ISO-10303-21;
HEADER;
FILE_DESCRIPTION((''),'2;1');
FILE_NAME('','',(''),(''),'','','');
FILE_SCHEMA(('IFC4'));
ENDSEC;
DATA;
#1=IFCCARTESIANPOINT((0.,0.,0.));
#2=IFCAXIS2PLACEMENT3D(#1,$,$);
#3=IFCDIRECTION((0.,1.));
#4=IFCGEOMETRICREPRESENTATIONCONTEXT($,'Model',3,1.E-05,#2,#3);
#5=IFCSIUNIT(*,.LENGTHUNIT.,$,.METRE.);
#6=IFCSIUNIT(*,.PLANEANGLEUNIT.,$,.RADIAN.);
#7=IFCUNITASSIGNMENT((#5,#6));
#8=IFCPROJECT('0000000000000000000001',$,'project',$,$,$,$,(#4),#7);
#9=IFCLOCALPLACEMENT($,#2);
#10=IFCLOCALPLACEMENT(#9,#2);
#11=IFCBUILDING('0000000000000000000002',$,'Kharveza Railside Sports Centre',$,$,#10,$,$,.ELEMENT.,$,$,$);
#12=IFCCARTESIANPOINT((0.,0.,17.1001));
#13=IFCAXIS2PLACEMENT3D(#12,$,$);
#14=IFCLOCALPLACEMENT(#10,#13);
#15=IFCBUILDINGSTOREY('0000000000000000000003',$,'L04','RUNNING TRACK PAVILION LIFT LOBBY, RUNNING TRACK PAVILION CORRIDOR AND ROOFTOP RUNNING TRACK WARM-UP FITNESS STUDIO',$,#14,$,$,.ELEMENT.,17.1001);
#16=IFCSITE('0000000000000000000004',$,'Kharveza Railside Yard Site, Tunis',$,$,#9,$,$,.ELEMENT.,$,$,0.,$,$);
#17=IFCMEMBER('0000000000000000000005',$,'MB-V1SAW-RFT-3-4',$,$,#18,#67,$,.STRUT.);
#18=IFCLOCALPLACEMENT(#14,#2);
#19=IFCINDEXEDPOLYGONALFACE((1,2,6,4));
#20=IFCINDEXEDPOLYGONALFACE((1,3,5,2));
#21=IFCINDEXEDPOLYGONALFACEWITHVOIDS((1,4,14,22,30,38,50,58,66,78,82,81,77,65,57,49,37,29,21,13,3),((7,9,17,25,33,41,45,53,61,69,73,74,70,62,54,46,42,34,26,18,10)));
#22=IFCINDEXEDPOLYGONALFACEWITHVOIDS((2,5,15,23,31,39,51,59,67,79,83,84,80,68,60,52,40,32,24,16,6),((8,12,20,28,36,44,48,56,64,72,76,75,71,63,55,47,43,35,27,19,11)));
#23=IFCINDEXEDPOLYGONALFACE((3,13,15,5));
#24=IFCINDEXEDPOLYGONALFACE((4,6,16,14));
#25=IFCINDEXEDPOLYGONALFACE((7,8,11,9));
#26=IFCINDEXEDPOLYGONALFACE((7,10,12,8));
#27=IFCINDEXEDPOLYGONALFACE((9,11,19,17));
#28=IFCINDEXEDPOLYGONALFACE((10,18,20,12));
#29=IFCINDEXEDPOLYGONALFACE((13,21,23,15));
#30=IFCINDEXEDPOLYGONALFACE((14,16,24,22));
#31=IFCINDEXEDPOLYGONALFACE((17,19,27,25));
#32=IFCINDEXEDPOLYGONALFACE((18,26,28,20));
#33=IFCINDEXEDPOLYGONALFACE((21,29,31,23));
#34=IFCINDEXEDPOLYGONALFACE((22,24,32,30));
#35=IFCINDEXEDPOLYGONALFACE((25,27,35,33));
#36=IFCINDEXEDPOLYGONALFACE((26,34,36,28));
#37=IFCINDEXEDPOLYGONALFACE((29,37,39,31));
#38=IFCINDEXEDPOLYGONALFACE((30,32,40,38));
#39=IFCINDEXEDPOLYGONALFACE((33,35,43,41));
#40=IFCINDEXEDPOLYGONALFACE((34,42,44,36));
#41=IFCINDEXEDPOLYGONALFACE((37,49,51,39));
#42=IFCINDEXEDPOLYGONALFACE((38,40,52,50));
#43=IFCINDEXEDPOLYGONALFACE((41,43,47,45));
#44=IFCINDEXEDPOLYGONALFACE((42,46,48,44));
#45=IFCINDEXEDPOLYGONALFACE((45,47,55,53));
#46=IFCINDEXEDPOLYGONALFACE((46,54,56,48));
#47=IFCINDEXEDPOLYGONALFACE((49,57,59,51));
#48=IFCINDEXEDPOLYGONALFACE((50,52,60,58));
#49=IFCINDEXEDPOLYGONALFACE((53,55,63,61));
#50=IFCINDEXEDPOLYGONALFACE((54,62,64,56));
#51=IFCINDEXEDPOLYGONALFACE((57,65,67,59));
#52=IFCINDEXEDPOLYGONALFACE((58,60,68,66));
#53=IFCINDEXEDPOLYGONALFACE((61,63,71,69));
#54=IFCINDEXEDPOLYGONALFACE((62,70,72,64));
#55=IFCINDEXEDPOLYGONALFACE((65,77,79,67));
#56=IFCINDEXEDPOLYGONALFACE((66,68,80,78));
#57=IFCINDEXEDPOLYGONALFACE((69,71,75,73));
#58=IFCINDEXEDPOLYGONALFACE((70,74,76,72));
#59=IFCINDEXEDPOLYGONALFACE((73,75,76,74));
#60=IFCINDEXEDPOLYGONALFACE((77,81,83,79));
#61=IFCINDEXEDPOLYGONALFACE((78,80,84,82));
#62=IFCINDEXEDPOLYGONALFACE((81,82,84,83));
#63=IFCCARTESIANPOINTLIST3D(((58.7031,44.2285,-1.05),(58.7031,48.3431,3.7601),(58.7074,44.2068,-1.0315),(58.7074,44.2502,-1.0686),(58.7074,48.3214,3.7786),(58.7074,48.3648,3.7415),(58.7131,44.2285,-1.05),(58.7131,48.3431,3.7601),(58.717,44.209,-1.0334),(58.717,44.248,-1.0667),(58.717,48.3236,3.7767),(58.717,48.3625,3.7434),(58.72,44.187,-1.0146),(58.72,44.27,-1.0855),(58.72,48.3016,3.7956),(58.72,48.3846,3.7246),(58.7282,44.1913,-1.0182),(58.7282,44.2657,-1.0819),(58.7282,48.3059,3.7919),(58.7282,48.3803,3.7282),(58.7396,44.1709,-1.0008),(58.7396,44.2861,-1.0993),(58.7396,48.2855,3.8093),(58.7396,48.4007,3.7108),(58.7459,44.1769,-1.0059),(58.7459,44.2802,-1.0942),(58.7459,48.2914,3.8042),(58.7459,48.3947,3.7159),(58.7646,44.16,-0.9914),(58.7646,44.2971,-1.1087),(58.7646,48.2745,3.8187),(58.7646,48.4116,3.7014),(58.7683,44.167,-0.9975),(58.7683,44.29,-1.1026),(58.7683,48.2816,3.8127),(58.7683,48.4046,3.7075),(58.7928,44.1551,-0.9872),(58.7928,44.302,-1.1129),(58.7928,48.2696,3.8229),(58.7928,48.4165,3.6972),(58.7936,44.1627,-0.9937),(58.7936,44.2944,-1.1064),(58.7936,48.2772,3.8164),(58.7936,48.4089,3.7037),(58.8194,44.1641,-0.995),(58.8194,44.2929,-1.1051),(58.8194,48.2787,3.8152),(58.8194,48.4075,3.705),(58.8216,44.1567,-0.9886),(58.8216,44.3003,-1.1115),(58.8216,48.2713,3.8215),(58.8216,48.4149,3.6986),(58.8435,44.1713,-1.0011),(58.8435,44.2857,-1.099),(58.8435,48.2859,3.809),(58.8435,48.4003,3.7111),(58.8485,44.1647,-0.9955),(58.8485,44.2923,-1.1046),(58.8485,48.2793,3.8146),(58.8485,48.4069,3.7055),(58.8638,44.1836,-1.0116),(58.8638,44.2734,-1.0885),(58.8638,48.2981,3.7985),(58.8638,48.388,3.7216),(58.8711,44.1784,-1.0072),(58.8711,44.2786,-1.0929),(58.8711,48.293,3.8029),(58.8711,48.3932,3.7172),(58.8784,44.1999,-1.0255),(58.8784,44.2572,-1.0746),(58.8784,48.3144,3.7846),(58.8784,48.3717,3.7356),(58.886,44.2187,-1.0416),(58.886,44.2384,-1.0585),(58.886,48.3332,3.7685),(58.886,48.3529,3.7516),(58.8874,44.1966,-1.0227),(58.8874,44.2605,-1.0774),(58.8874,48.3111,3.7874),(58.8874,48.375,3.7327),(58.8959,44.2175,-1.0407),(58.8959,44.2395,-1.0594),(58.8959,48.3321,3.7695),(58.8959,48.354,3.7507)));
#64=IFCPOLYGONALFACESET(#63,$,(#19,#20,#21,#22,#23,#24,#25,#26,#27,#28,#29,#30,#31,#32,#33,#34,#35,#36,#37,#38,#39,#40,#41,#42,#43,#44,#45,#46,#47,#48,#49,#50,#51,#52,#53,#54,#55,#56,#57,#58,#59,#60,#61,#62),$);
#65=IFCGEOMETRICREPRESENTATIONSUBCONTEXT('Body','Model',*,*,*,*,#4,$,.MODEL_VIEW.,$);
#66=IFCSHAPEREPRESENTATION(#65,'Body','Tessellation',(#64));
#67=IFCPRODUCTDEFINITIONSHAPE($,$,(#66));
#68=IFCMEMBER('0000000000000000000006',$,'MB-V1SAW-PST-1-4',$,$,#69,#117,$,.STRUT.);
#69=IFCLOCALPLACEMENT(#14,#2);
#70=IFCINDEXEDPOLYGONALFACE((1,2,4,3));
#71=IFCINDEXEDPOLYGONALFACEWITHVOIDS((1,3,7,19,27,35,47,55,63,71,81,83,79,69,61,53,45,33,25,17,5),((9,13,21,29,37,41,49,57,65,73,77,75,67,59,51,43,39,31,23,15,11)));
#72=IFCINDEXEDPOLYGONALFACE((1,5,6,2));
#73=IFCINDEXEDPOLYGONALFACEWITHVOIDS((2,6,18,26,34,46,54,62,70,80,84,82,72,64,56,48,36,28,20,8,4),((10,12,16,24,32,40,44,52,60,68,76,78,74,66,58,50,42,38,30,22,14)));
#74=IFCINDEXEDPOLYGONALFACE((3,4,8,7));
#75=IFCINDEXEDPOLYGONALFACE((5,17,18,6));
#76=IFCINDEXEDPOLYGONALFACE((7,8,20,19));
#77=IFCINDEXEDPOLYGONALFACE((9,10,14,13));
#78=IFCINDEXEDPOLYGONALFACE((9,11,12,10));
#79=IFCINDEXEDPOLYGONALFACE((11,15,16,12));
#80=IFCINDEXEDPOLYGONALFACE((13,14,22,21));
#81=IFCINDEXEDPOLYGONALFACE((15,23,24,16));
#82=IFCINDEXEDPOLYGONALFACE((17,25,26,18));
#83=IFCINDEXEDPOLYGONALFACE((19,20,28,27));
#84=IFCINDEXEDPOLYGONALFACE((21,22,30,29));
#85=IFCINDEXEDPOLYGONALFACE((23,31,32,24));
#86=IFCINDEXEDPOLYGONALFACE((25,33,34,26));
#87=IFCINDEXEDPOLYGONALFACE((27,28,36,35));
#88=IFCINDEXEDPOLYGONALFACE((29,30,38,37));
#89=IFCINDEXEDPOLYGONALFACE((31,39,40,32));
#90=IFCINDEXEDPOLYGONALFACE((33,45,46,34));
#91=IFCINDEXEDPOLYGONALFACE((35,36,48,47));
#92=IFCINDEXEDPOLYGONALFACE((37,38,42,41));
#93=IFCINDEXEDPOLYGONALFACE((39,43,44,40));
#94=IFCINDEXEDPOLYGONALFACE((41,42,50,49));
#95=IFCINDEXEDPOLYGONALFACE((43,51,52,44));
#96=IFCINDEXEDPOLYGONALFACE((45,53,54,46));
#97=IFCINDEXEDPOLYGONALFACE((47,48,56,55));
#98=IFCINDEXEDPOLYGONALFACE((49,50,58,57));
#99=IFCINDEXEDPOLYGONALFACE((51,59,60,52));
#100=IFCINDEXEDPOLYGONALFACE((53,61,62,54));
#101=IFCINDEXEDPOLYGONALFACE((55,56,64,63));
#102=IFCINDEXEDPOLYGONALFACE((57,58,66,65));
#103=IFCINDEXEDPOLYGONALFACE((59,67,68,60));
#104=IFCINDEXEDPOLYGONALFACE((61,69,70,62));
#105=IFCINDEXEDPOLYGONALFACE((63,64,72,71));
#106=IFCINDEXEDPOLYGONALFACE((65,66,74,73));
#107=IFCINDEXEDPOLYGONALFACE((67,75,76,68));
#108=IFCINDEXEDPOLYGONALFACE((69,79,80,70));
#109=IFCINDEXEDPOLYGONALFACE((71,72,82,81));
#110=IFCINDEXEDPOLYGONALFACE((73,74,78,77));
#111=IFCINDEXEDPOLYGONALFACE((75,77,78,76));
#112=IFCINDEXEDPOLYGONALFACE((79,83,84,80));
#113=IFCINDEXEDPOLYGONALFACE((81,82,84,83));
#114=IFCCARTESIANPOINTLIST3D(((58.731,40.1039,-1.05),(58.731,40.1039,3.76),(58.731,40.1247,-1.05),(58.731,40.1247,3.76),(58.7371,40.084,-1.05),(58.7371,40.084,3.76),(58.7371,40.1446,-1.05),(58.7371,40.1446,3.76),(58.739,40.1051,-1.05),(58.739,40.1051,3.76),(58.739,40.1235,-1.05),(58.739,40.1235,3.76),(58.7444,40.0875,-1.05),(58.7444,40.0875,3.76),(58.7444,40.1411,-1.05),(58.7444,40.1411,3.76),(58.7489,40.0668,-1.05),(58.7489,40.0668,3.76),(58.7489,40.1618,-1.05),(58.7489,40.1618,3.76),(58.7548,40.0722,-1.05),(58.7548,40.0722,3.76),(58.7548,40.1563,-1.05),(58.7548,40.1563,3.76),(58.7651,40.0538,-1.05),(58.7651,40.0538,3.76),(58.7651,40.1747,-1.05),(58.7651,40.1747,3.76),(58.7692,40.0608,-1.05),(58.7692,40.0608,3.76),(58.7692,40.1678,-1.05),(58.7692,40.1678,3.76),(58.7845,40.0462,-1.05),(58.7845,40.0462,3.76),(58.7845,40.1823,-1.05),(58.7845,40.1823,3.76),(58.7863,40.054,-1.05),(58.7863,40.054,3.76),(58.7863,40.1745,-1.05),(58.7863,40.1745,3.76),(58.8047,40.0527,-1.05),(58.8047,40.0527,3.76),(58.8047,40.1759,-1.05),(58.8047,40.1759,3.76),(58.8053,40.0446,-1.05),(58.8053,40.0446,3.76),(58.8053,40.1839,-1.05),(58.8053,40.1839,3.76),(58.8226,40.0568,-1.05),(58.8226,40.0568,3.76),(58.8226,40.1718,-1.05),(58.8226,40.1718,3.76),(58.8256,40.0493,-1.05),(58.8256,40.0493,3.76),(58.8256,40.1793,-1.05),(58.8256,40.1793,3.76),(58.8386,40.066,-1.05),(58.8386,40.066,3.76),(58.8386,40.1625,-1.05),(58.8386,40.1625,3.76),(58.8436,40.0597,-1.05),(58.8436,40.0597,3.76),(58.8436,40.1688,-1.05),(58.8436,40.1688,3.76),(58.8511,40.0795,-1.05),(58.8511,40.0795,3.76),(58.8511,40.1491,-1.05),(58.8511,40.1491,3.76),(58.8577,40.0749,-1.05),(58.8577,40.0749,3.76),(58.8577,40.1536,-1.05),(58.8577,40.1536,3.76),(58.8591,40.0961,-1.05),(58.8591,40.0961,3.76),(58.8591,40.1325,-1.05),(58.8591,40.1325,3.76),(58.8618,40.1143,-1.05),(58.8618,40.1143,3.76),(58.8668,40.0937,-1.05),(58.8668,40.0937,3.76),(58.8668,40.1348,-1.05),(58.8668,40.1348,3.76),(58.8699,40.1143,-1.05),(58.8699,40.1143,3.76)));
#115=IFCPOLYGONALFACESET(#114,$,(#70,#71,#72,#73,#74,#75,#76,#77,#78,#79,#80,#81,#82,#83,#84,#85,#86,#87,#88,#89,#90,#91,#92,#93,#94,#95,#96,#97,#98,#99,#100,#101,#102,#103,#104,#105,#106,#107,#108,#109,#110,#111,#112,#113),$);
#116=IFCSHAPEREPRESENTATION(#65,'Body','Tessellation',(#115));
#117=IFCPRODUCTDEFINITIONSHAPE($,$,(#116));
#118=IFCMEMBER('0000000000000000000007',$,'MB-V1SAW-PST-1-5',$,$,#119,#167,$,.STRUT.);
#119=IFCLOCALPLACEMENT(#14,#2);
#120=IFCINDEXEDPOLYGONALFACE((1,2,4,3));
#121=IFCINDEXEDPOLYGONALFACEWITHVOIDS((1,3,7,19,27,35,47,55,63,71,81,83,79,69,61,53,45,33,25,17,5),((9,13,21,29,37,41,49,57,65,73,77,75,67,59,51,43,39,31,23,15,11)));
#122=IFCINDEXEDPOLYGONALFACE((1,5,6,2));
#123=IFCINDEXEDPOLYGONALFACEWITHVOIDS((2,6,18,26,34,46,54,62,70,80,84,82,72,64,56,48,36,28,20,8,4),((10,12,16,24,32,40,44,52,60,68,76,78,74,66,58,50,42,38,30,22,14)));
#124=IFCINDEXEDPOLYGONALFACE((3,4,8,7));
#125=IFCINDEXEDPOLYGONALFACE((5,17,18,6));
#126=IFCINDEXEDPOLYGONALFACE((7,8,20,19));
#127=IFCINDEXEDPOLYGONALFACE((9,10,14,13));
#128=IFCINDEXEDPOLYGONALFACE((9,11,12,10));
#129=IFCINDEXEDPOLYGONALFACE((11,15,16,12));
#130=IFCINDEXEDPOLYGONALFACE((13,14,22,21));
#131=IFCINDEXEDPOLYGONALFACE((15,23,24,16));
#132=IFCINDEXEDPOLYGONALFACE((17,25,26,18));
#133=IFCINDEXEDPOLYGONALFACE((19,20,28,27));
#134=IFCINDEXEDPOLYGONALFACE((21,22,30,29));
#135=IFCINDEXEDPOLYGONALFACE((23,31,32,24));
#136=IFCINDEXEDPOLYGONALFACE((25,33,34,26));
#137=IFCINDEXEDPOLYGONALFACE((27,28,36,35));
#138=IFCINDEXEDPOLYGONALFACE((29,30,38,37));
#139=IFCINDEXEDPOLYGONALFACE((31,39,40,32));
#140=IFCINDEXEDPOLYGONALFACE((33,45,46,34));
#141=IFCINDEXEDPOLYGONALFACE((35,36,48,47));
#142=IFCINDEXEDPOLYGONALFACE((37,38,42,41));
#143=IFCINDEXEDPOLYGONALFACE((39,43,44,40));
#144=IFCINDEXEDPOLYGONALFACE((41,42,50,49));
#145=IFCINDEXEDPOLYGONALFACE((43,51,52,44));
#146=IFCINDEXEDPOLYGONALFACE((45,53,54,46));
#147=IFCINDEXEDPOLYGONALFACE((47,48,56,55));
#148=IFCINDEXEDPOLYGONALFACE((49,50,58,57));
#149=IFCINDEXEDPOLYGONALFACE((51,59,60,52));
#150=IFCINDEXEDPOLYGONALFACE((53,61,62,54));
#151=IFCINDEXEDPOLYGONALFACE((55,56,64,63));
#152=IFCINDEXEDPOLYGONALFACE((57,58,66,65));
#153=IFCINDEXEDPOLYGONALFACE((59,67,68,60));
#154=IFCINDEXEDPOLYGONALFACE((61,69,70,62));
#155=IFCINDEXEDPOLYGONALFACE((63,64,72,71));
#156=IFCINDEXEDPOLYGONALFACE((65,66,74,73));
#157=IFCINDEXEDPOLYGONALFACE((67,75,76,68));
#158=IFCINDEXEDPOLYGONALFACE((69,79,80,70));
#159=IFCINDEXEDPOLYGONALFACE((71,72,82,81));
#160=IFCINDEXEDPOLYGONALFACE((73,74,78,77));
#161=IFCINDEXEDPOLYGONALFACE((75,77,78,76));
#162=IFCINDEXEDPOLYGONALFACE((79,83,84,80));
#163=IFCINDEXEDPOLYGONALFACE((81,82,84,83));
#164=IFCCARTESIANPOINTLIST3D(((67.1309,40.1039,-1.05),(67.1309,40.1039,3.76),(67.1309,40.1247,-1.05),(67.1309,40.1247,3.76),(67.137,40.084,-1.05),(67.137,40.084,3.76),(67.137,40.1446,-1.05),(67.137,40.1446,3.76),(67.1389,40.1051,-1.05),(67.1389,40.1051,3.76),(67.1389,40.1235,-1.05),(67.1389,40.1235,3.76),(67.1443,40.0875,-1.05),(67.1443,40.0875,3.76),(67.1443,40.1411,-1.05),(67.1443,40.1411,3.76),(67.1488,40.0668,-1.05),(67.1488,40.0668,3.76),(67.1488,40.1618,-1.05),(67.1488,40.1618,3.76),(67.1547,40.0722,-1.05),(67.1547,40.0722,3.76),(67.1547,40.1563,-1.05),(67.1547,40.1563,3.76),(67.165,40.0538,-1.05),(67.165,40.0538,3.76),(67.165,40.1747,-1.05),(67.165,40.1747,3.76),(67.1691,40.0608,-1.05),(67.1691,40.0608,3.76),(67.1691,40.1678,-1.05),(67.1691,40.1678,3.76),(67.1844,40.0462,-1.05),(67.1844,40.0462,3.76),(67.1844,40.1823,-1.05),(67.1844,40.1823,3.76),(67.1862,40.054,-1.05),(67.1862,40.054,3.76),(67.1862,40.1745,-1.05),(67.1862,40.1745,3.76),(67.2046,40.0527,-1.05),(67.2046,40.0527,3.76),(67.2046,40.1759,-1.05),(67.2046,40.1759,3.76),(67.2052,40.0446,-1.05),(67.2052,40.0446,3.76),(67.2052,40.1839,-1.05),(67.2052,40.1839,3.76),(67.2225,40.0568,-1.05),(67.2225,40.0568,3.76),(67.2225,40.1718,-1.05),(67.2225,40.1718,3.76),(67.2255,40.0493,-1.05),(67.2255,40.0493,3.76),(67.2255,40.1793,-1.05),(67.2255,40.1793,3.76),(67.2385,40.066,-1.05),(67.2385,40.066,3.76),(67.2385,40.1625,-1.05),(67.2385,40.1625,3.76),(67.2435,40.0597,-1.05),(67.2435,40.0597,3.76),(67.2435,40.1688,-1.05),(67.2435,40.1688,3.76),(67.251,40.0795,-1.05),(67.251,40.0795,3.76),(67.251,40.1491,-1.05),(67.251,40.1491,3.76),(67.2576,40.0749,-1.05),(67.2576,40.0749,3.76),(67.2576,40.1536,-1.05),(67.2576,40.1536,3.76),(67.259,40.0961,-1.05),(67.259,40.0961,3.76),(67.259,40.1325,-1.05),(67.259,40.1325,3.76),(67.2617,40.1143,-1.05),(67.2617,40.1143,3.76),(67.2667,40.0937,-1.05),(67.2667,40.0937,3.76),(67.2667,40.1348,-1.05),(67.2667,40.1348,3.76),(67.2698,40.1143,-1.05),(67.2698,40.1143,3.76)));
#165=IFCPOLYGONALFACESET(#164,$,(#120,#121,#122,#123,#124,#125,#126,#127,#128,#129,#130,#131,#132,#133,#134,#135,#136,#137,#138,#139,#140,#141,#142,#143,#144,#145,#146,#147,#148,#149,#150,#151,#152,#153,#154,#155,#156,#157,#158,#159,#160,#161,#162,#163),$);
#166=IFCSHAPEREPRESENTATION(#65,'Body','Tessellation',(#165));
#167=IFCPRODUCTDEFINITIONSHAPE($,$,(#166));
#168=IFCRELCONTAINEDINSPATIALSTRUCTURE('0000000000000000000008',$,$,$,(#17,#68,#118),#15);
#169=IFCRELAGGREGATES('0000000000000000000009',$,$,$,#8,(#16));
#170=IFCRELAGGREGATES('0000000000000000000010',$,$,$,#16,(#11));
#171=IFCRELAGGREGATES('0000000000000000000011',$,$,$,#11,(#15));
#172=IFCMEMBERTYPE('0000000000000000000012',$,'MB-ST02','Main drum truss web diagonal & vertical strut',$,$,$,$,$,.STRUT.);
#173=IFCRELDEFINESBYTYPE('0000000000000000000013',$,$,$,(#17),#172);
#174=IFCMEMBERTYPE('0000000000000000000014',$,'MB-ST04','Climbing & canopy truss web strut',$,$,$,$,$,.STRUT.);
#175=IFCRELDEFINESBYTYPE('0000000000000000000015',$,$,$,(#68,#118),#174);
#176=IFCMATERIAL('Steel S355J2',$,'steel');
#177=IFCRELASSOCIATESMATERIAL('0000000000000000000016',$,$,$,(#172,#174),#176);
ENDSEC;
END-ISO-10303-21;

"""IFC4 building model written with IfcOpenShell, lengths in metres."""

from ifc_helpers import new_model, si_unit, direction, frame, origin, origin_2d, place, context, subcontext, project, spatial, hollow_circle, extrude, material, material_profile, profile_set, type_object, element, save


model = new_model("IFC4")

# Units and contexts
model_context = context("Model", 3, precision=1e-05, world=origin(), true_north=direction((0.0, 1.0)))
body_context = subcontext(model_context, "Body", "Model", "MODEL_VIEW")
ifc_project = project(units=[si_unit("LENGTHUNIT", "METRE"), si_unit("PLANEANGLEUNIT", "RADIAN")], contexts=[model_context])

# Site, building, storey
site_placement = place(None, origin())
site = spatial("IfcSite", under=ifc_project, at=site_placement, Name="Kharveza Railside Yard Site, Tunis", CompositionType="ELEMENT", RefElevation=0.0)
building_placement = place(site_placement, origin())
building = spatial("IfcBuilding", under=site, at=building_placement, Name="Kharveza Railside Sports Centre", CompositionType="ELEMENT")
storey_placement = place(building_placement, frame((0.0, 0.0, 17.1001)))
storey = spatial("IfcBuildingStorey", under=building, at=storey_placement, Name="L04", Description="RUNNING TRACK PAVILION LIFT LOBBY, RUNNING TRACK PAVILION CORRIDOR AND ROOFTOP RUNNING TRACK WARM-UP FITNESS STUDIO", CompositionType="ELEMENT", Elevation=17.1001)

# Members
ifc_material_1 = material(Name="Steel S355J2", Category="steel")
ifc_material_profile_1 = material_profile(ifc_material_1, hollow_circle(Radius=0.0969, WallThickness=0.01, at=origin_2d()), Name="CHS 193.7x10.0")
ifc_profile_set_1 = profile_set([ifc_material_profile_1], Name="Steel S355J2")
member_type_1 = type_object("IfcMemberType", Name="MB-ST02", Description="Main drum truss web diagonal & vertical strut", PredefinedType="STRUT", material=ifc_profile_set_1)
member_1_placement = place(storey_placement, frame((58.8, 44.2285, -1.05), z_axis=(0.0, 0.650026, 0.759912), x_axis=(-1.0, 0.0, 0.0)))
element("IfcMember", 1, at=member_1_placement, inside=storey, type_object=member_type_1, Name="MB-V1SAW-RFT-3-4", PredefinedType="STRUT", context=body_context, shape_type="SweptSolid", body=[
    extrude(hollow_circle(Radius=0.0969, WallThickness=0.01, at=origin_2d()), origin(), (0.0, 0.0, 1.0), 6.3298),
])
ifc_material_profile_2 = material_profile(ifc_material_1, hollow_circle(Radius=0.0698, WallThickness=0.0081, at=origin_2d()), Name="CHS 139.7x8.0")
ifc_profile_set_2 = profile_set([ifc_material_profile_2], Name="Steel S355J2")
member_type_2 = type_object("IfcMemberType", Name="MB-ST04", Description="Climbing & canopy truss web strut", PredefinedType="STRUT", material=ifc_profile_set_2)
for number, where, z_axis, x_axis, name in (
    (2, (58.8, 40.1143, -1.05), (0.0, 0.0, 1.0), (1.0, 0.0, 0.0), "MB-V1SAW-PST-1-4"),
    (3, (67.2, 40.1143, -1.05), (0.0, 0.0, 1.0), (1.0, 0.0, 0.0), "MB-V1SAW-PST-1-5"),
):
    element("IfcMember", number, at=place(storey_placement, frame(where, z_axis=z_axis, x_axis=x_axis)), inside=storey, type_object=member_type_2, Name=name, PredefinedType="STRUT", context=body_context, shape_type="SweptSolid", body=[
        extrude(hollow_circle(Radius=0.0698, WallThickness=0.0081, at=origin_2d()), origin(), (0.0, 0.0, 1.0), 4.8101),
    ])

save(model, "model.ifc")
